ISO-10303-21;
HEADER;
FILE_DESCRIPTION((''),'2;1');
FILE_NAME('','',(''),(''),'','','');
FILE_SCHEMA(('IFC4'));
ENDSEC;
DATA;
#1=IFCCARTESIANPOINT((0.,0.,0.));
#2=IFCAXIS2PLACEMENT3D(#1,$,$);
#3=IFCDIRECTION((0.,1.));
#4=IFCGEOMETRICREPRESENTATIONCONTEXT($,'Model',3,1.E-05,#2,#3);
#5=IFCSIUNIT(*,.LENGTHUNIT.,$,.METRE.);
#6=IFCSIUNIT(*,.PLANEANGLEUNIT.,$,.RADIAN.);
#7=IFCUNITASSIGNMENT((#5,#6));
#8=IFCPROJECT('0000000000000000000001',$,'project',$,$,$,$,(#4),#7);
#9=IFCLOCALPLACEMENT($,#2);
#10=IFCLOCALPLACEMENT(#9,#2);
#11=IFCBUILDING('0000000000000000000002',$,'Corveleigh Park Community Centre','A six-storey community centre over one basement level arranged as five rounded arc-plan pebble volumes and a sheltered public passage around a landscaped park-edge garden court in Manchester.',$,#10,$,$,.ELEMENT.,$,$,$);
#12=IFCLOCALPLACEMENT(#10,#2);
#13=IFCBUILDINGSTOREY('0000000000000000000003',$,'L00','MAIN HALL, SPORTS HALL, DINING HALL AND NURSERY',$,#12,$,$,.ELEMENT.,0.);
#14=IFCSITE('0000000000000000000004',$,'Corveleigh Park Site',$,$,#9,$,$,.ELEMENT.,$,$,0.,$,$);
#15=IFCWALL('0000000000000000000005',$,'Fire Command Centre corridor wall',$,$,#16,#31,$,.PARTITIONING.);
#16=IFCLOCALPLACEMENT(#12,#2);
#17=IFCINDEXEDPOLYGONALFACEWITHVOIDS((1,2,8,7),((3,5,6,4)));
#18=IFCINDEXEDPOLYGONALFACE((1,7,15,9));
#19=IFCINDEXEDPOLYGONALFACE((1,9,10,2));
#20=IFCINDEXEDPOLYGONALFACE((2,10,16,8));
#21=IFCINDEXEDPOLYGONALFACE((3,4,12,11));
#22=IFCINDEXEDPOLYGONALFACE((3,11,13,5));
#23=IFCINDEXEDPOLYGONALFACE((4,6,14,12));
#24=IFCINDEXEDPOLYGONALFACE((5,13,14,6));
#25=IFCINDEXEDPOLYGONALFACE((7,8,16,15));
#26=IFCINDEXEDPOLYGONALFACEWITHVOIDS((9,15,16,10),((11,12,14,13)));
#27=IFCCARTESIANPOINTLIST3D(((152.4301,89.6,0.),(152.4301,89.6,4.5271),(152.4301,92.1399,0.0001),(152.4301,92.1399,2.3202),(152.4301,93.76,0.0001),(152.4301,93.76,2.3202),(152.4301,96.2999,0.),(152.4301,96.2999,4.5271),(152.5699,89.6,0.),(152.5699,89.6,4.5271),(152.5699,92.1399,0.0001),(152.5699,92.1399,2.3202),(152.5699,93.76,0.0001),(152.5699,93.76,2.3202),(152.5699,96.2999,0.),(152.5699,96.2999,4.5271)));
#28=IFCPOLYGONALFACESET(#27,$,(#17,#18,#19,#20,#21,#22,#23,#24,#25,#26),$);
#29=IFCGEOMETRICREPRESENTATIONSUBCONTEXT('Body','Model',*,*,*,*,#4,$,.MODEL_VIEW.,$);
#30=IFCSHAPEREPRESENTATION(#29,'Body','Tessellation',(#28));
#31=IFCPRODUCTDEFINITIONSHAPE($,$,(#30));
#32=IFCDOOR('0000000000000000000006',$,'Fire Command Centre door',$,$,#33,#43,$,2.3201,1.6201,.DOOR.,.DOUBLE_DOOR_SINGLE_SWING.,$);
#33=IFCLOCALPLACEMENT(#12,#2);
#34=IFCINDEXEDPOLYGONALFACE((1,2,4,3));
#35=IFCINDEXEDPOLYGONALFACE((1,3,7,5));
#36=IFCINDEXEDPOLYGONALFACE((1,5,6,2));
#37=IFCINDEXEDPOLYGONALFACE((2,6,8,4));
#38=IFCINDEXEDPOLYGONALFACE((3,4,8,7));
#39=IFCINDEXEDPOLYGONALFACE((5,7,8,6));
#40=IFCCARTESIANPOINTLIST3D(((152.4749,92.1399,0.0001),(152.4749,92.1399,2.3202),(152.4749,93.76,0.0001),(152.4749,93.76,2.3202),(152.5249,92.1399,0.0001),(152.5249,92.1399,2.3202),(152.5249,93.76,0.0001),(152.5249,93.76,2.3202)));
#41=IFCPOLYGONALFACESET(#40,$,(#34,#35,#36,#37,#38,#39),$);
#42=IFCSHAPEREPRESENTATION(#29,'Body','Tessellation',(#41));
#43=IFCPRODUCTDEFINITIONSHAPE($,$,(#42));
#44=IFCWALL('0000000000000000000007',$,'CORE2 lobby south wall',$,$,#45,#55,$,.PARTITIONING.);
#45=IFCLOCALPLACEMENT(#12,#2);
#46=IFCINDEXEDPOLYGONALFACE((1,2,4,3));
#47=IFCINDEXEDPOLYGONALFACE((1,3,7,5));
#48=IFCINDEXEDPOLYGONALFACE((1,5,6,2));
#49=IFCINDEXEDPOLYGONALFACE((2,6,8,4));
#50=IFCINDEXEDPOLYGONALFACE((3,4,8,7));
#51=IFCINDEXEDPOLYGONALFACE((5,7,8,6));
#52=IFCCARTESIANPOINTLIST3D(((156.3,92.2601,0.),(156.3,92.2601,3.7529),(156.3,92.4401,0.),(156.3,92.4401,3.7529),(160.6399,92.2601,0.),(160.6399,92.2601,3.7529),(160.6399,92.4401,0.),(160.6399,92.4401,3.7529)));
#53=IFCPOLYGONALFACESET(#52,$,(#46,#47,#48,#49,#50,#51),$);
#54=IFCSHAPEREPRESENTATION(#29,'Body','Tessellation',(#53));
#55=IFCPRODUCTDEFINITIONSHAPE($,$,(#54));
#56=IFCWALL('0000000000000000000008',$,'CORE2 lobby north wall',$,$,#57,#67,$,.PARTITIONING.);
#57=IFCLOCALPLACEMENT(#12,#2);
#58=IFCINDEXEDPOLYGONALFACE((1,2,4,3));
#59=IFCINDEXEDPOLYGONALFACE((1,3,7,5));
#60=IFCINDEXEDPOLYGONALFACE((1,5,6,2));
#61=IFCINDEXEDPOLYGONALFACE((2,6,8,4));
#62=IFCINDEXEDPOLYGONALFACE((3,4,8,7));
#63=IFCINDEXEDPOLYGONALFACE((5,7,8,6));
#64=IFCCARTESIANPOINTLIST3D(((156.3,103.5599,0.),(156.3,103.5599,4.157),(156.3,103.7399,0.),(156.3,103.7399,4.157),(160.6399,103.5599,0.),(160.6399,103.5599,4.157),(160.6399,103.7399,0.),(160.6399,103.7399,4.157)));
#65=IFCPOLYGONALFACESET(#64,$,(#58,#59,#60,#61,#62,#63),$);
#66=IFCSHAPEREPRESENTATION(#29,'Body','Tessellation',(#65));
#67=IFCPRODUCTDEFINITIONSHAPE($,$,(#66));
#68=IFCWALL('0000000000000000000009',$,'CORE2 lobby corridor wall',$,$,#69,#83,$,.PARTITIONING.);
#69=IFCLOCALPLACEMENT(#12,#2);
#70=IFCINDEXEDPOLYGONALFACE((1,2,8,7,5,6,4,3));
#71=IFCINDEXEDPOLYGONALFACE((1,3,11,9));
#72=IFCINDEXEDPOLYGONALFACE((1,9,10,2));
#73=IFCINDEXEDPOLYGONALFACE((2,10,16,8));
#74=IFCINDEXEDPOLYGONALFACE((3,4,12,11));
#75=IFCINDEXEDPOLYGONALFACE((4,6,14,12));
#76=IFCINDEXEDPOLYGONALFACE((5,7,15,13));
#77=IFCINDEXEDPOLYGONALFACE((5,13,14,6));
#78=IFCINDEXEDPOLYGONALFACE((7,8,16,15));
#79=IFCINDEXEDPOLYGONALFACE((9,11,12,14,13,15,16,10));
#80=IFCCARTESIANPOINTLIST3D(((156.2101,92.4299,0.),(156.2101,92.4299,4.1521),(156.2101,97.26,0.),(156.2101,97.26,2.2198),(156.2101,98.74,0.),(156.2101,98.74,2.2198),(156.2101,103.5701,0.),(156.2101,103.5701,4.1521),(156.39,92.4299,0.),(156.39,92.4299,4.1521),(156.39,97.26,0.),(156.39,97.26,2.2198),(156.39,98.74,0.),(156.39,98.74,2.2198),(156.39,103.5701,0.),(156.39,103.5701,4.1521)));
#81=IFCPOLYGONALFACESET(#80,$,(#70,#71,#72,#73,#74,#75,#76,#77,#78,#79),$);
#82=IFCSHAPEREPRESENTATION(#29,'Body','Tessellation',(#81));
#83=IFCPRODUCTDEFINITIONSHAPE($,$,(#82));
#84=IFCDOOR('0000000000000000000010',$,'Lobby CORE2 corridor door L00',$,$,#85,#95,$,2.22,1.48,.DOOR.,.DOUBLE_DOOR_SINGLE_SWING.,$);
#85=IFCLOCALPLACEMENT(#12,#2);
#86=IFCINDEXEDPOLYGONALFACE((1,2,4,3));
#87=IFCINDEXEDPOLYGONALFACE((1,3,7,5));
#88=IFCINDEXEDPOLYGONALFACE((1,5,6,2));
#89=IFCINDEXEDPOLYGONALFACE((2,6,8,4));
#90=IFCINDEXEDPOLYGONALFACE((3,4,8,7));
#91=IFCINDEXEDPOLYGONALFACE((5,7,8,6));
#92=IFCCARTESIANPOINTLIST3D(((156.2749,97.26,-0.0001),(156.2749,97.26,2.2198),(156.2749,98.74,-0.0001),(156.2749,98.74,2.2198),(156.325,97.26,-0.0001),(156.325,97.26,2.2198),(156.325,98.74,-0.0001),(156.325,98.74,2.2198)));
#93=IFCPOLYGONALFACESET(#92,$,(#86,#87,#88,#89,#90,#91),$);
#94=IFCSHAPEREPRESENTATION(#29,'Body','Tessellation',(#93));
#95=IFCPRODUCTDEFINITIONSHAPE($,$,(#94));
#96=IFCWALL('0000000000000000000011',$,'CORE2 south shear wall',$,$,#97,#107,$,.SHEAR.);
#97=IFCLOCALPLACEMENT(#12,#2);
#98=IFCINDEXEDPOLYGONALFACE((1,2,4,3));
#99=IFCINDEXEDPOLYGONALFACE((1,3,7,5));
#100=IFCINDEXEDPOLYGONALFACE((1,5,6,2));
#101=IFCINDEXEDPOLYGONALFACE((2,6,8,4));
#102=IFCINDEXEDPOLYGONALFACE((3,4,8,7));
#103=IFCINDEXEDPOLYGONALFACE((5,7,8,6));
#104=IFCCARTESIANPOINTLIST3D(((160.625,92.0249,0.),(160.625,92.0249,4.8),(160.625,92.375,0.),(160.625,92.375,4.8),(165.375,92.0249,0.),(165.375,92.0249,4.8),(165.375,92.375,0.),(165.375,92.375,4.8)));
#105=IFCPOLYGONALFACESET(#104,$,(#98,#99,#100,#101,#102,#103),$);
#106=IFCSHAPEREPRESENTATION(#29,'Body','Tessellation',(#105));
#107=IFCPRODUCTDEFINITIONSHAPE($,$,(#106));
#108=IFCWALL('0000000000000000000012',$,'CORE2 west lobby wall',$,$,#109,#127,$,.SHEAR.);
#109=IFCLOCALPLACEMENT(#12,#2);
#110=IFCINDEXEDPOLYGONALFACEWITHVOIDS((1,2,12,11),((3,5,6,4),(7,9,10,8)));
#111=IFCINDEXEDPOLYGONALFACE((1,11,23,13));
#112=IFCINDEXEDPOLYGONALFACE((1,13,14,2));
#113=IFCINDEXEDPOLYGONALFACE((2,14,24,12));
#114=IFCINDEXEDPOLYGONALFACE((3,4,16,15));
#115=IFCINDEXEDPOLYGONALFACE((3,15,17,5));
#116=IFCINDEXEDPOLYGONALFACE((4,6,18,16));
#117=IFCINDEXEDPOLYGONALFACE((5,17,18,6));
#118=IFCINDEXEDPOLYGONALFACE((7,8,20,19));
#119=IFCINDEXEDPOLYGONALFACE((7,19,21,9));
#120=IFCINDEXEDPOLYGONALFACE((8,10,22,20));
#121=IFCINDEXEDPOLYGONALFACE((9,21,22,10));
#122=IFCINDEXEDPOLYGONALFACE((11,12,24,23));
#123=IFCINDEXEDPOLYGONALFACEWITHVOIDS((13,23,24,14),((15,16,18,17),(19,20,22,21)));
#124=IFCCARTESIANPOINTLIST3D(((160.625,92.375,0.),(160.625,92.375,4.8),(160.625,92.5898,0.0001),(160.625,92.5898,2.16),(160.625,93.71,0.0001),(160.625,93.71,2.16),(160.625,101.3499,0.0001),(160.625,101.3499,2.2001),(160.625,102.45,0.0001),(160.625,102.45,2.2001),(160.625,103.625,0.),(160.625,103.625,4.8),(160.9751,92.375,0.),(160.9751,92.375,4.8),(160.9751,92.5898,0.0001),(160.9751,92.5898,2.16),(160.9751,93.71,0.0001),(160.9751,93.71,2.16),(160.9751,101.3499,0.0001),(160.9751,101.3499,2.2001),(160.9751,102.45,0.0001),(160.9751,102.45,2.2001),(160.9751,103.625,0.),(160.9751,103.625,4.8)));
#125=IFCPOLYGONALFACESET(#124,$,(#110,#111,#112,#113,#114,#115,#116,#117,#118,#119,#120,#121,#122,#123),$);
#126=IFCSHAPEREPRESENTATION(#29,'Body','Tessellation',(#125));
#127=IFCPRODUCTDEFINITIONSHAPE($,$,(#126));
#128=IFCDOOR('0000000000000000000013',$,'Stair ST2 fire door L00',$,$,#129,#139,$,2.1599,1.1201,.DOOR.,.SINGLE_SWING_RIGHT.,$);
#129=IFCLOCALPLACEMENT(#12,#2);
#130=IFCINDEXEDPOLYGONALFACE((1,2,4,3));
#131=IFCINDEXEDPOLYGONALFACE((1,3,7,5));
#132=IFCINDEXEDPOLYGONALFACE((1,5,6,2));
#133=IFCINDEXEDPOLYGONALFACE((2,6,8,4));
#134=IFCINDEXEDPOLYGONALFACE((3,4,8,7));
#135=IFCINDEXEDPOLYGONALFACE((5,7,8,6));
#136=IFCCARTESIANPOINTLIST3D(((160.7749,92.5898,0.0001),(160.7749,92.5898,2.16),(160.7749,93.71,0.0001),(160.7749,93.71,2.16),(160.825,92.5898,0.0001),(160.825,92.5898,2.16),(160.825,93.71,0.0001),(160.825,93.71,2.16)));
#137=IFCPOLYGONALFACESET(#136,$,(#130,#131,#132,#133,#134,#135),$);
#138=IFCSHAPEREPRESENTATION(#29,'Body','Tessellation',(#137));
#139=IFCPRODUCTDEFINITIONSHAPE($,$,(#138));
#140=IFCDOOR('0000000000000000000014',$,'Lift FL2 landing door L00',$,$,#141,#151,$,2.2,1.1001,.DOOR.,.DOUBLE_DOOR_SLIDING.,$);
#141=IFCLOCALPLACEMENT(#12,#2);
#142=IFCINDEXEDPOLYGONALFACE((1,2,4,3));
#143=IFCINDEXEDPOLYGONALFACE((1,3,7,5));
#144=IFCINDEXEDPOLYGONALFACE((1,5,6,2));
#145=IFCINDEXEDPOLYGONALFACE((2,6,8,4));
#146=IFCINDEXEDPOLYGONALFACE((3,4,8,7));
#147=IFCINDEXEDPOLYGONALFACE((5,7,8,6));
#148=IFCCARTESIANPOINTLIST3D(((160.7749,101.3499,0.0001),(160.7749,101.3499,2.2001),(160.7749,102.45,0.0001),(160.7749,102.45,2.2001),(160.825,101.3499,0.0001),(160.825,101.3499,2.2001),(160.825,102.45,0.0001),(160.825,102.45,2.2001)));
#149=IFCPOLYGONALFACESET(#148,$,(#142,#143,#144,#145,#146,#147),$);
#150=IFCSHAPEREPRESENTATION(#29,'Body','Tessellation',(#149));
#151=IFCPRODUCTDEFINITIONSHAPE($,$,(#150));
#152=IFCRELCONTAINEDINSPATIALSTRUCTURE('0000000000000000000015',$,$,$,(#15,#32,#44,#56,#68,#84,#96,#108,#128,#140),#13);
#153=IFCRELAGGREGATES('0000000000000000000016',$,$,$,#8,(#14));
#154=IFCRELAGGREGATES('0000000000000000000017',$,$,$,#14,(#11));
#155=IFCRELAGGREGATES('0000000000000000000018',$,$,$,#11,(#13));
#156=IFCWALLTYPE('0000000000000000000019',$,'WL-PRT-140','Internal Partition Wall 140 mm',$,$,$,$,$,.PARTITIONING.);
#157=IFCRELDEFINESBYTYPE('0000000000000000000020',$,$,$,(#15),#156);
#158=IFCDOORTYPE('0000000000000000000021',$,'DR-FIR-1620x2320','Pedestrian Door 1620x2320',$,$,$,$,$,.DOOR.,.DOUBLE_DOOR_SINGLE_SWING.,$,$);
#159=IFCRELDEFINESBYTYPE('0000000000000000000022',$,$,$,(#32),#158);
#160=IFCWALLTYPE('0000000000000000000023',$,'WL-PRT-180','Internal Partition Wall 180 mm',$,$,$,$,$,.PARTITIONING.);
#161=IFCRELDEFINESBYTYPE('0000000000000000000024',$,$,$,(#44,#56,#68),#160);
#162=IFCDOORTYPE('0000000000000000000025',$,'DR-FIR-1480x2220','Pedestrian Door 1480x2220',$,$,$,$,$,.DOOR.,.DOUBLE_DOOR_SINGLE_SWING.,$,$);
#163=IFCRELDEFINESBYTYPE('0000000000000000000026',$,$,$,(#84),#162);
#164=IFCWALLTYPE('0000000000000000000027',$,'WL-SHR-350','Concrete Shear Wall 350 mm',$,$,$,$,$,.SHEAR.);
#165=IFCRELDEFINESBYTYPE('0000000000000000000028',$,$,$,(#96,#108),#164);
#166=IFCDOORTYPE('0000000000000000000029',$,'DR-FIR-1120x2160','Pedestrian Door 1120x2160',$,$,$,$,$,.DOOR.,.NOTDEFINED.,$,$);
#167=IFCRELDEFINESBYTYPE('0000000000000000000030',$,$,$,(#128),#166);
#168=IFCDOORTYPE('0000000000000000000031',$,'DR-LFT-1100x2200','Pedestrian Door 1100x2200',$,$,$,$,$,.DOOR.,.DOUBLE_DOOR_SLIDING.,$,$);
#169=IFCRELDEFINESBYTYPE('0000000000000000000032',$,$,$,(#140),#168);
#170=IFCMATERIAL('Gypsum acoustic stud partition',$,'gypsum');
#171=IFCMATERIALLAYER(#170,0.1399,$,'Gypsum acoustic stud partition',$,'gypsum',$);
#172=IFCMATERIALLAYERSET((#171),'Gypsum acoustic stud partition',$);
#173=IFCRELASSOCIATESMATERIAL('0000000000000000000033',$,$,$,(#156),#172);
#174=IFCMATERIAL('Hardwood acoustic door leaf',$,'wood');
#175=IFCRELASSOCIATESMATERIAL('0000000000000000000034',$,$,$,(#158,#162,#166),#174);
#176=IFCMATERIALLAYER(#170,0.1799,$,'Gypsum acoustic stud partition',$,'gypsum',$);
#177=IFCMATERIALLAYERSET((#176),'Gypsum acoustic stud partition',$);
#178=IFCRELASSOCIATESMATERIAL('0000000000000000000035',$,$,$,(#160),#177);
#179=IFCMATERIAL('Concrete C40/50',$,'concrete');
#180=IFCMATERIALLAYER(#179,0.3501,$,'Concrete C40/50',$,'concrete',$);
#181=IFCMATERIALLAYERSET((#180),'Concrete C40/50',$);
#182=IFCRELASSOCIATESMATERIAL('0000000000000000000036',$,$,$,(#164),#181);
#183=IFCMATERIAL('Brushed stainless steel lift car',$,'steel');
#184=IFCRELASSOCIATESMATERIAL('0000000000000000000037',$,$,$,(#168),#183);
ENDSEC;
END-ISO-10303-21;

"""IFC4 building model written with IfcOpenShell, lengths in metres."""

from ifc_helpers import new_model, si_unit, direction, frame, frame_2d, origin, place, context, subcontext, project, spatial, rectangle, extrude, material, layer, layer_set, type_object, element, fill, save


model = new_model("IFC4")

# Units and contexts
model_context = context("Model", 3, precision=1e-05, world=origin(), true_north=direction((0.0, 1.0)))
body_context = subcontext(model_context, "Body", "Model", "MODEL_VIEW")
ifc_project = project(units=[si_unit("LENGTHUNIT", "METRE"), si_unit("PLANEANGLEUNIT", "RADIAN")], contexts=[model_context])

# Site, building, storey
site_placement = place(None, origin())
site = spatial("IfcSite", under=ifc_project, at=site_placement, Name="Corveleigh Park Site", CompositionType="ELEMENT", RefElevation=0.0)
building_placement = place(site_placement, origin())
building = spatial("IfcBuilding", under=site, at=building_placement, Name="Corveleigh Park Community Centre", Description="A six-storey community centre over one basement level arranged as five rounded arc-plan pebble volumes and a sheltered public passage around a landscaped park-edge garden court in Manchester.", CompositionType="ELEMENT")
storey_placement = place(building_placement, origin())
storey = spatial("IfcBuildingStorey", under=building, at=storey_placement, Name="L00", Description="MAIN HALL, SPORTS HALL, DINING HALL AND NURSERY", CompositionType="ELEMENT", Elevation=0.0)

# Shared definitions
ifc_material_1 = material(Name="Concrete C40/50", Category="concrete")

# Wall, opening, door
ifc_material_2 = material(Name="Gypsum acoustic stud partition", Category="gypsum")
ifc_layer_1 = layer(ifc_material_2, 0.1399, Name="Gypsum acoustic stud partition", Category="gypsum")
ifc_layer_set_1 = layer_set([ifc_layer_1], Name="Gypsum acoustic stud partition")
wall_type_1 = type_object("IfcWallType", Name="WL-PRT-140", Description="Internal Partition Wall 140 mm", PredefinedType="PARTITIONING", material=ifc_layer_set_1)
wall_1_placement = place(storey_placement, frame((152.5, 96.3, 0.0), z_axis=(0.0, 0.0, 1.0), x_axis=(0.0, -1.0, 0.0)))
wall_1 = element("IfcWall", 1, at=wall_1_placement, inside=storey, type_object=wall_type_1, Name="Fire Command Centre corridor wall", PredefinedType="PARTITIONING", context=body_context, shape_type="SweptSolid", body=[
    extrude(rectangle(XDim=6.7, YDim=0.1399, at=frame_2d((3.3501, 0.0))), origin(), (0.0, 0.0, 1.0), 4.5271),
])
opening_1_placement = place(wall_1_placement, frame((2.54, 0.0, 0.0)))
opening_1 = element("IfcOpeningElement", 2, at=opening_1_placement, cuts=wall_1, PredefinedType="OPENING", context=body_context, shape_type="SweptSolid", body=[
    extrude(rectangle(XDim=1.6201, YDim=2.3201, at=frame_2d((0.8101, 1.1602))), frame((0.0, 0.0798, 0.0), z_axis=(0.0, -1.0, 0.0), x_axis=(1.0, 0.0, 0.0)), (0.0, 0.0, 1.0), 0.1599),
])
ifc_material_3 = material(Name="Hardwood acoustic door leaf", Category="wood")
door_type_1 = type_object("IfcDoorType", Name="DR-FIR-1620x2320", Description="Pedestrian Door 1620x2320", OperationType="DOUBLE_DOOR_SINGLE_SWING", PredefinedType="DOOR", material=ifc_material_3)
door_1_placement = place(opening_1_placement, origin())
door_1 = element("IfcDoor", 3, at=door_1_placement, inside=storey, type_object=door_type_1, Name="Fire Command Centre door", OperationType="DOUBLE_DOOR_SINGLE_SWING", OverallHeight=2.3201, OverallWidth=1.6201, PredefinedType="DOOR", context=body_context, shape_type="SweptSolid", body=[
    extrude(rectangle(XDim=1.6201, YDim=2.3201, at=frame_2d((0.8101, 1.1602))), frame((0.0, 0.0249, 0.0), z_axis=(0.0, -1.0, 0.0), x_axis=(1.0, 0.0, 0.0)), (0.0, 0.0, 1.0), 0.05),
])
fill(opening_1, door_1)

# Walls
ifc_layer_2 = layer(ifc_material_2, 0.1799, Name="Gypsum acoustic stud partition", Category="gypsum")
ifc_layer_set_2 = layer_set([ifc_layer_2], Name="Gypsum acoustic stud partition")
wall_type_2 = type_object("IfcWallType", Name="WL-PRT-180", Description="Internal Partition Wall 180 mm", PredefinedType="PARTITIONING", material=ifc_layer_set_2)
wall_2_placement = place(storey_placement, frame((156.3, 92.3501, 0.0), z_axis=(0.0, 0.0, 1.0), x_axis=(1.0, 0.0, 0.0)))
element("IfcWall", 4, at=wall_2_placement, inside=storey, type_object=wall_type_2, Name="CORE2 lobby south wall", PredefinedType="PARTITIONING", context=body_context, shape_type="SweptSolid", body=[
    extrude(rectangle(XDim=4.3398, YDim=0.1799, at=frame_2d((2.1699, 0.0))), origin(), (0.0, 0.0, 1.0), 3.7529),
])
wall_3_placement = place(storey_placement, frame((160.6399, 103.6499, 0.0), z_axis=(0.0, 0.0, 1.0), x_axis=(-1.0, 0.0, 0.0)))
element("IfcWall", 5, at=wall_3_placement, inside=storey, type_object=wall_type_2, Name="CORE2 lobby north wall", PredefinedType="PARTITIONING", context=body_context, shape_type="SweptSolid", body=[
    extrude(rectangle(XDim=4.3398, YDim=0.1799, at=frame_2d((2.1699, 0.0))), origin(), (0.0, 0.0, 1.0), 4.157),
])

# Wall, opening, door
wall_4_placement = place(storey_placement, frame((156.3, 103.5701, 0.0), z_axis=(0.0, 0.0, 1.0), x_axis=(0.0, -1.0, 0.0)))
wall_4 = element("IfcWall", 6, at=wall_4_placement, inside=storey, type_object=wall_type_2, Name="CORE2 lobby corridor wall", PredefinedType="PARTITIONING", context=body_context, shape_type="SweptSolid", body=[
    extrude(rectangle(XDim=11.1401, YDim=0.1799, at=frame_2d((5.5701, 0.0))), origin(), (0.0, 0.0, 1.0), 4.1521),
])
opening_2_placement = place(wall_4_placement, frame((4.8301, 0.0, 0.0)))
opening_2 = element("IfcOpeningElement", 7, at=opening_2_placement, cuts=wall_4, PredefinedType="OPENING", context=body_context, shape_type="SweptSolid", body=[
    extrude(rectangle(XDim=1.48, YDim=2.22, at=frame_2d((0.74, 1.1099))), frame((0.0, 0.0999, 0.0), z_axis=(0.0, -1.0, 0.0), x_axis=(1.0, 0.0, 0.0)), (0.0, 0.0, 1.0), 0.2),
])
door_type_2 = type_object("IfcDoorType", Name="DR-FIR-1480x2220", Description="Pedestrian Door 1480x2220", OperationType="DOUBLE_DOOR_SINGLE_SWING", PredefinedType="DOOR", material=ifc_material_3)
door_2_placement = place(opening_2_placement, origin())
door_2 = element("IfcDoor", 8, at=door_2_placement, inside=storey, type_object=door_type_2, Name="Lobby CORE2 corridor door L00", OperationType="DOUBLE_DOOR_SINGLE_SWING", OverallHeight=2.22, OverallWidth=1.48, PredefinedType="DOOR", context=body_context, shape_type="SweptSolid", body=[
    extrude(rectangle(XDim=1.48, YDim=2.22, at=frame_2d((0.74, 1.1099))), frame((0.0, 0.0249, 0.0), z_axis=(0.0, -1.0, 0.0), x_axis=(1.0, 0.0, 0.0)), (0.0, 0.0, 1.0), 0.05),
])
fill(opening_2, door_2)

# Wall
ifc_layer_3 = layer(ifc_material_1, 0.3501, Name="Concrete C40/50", Category="concrete")
ifc_layer_set_3 = layer_set([ifc_layer_3], Name="Concrete C40/50")
wall_type_3 = type_object("IfcWallType", Name="WL-SHR-350", Description="Concrete Shear Wall 350 mm", PredefinedType="SHEAR", material=ifc_layer_set_3)
wall_5_placement = place(storey_placement, frame((160.625, 92.2, 0.0), z_axis=(0.0, 0.0, 1.0), x_axis=(1.0, 0.0, 0.0)))
element("IfcWall", 9, at=wall_5_placement, inside=storey, type_object=wall_type_3, Name="CORE2 south shear wall", PredefinedType="SHEAR", context=body_context, shape_type="SweptSolid", body=[
    extrude(rectangle(XDim=4.75, YDim=0.3501, at=frame_2d((2.375, 0.0))), origin(), (0.0, 0.0, 1.0), 4.8),
])

# Wall, openings, doors
wall_6_placement = place(storey_placement, frame((160.8, 103.625, 0.0), z_axis=(0.0, 0.0, 1.0), x_axis=(0.0, -1.0, 0.0)))
wall_6 = element("IfcWall", 10, at=wall_6_placement, inside=storey, type_object=wall_type_3, Name="CORE2 west lobby wall", PredefinedType="SHEAR", context=body_context, shape_type="SweptSolid", body=[
    extrude(rectangle(XDim=11.25, YDim=0.3501, at=frame_2d((5.625, 0.0))), origin(), (0.0, 0.0, 1.0), 4.8),
])
opening_3_placement = place(wall_6_placement, frame((1.175, 0.0, 0.0)))
opening_3 = element("IfcOpeningElement", 11, at=opening_3_placement, cuts=wall_6, PredefinedType="OPENING", context=body_context, shape_type="SweptSolid", body=[
    extrude(rectangle(XDim=1.1001, YDim=2.2, at=frame_2d((0.55, 1.1001))), frame((0.0, 0.1851, 0.0), z_axis=(0.0, -1.0, 0.0), x_axis=(1.0, 0.0, 0.0)), (0.0, 0.0, 1.0), 0.3701),
])
opening_4_placement = place(wall_6_placement, frame((9.915, 0.0, 0.0)))
opening_4 = element("IfcOpeningElement", 12, at=opening_4_placement, cuts=wall_6, PredefinedType="OPENING", context=body_context, shape_type="SweptSolid", body=[
    extrude(rectangle(XDim=1.1201, YDim=2.1599, at=frame_2d((0.5601, 1.0801))), frame((0.0, 0.1851, 0.0), z_axis=(0.0, -1.0, 0.0), x_axis=(1.0, 0.0, 0.0)), (0.0, 0.0, 1.0), 0.3701),
])
door_type_3 = type_object("IfcDoorType", Name="DR-FIR-1120x2160", Description="Pedestrian Door 1120x2160", OperationType="NOTDEFINED", PredefinedType="DOOR", material=ifc_material_3)
door_3_placement = place(opening_4_placement, origin())
door_3 = element("IfcDoor", 13, at=door_3_placement, inside=storey, type_object=door_type_3, Name="Stair ST2 fire door L00", OperationType="SINGLE_SWING_RIGHT", OverallHeight=2.1599, OverallWidth=1.1201, PredefinedType="DOOR", context=body_context, shape_type="SweptSolid", body=[
    extrude(rectangle(XDim=1.1201, YDim=2.1599, at=frame_2d((0.5601, 1.0801))), frame((0.0, 0.0249, 0.0), z_axis=(0.0, -1.0, 0.0), x_axis=(1.0, 0.0, 0.0)), (0.0, 0.0, 1.0), 0.05),
])
fill(opening_4, door_3)
ifc_material_4 = material(Name="Brushed stainless steel lift car", Category="steel")
door_type_4 = type_object("IfcDoorType", Name="DR-LFT-1100x2200", Description="Pedestrian Door 1100x2200", OperationType="DOUBLE_DOOR_SLIDING", PredefinedType="DOOR", material=ifc_material_4)
door_4_placement = place(opening_3_placement, origin())
door_4 = element("IfcDoor", 14, at=door_4_placement, inside=storey, type_object=door_type_4, Name="Lift FL2 landing door L00", OperationType="DOUBLE_DOOR_SLIDING", OverallHeight=2.2, OverallWidth=1.1001, PredefinedType="DOOR", context=body_context, shape_type="SweptSolid", body=[
    extrude(rectangle(XDim=1.1001, YDim=2.2, at=frame_2d((0.55, 1.1001))), frame((0.0, 0.0249, 0.0), z_axis=(0.0, -1.0, 0.0), x_axis=(1.0, 0.0, 0.0)), (0.0, 0.0, 1.0), 0.05),
])
fill(opening_3, door_4)

save(model, "model.ifc")
